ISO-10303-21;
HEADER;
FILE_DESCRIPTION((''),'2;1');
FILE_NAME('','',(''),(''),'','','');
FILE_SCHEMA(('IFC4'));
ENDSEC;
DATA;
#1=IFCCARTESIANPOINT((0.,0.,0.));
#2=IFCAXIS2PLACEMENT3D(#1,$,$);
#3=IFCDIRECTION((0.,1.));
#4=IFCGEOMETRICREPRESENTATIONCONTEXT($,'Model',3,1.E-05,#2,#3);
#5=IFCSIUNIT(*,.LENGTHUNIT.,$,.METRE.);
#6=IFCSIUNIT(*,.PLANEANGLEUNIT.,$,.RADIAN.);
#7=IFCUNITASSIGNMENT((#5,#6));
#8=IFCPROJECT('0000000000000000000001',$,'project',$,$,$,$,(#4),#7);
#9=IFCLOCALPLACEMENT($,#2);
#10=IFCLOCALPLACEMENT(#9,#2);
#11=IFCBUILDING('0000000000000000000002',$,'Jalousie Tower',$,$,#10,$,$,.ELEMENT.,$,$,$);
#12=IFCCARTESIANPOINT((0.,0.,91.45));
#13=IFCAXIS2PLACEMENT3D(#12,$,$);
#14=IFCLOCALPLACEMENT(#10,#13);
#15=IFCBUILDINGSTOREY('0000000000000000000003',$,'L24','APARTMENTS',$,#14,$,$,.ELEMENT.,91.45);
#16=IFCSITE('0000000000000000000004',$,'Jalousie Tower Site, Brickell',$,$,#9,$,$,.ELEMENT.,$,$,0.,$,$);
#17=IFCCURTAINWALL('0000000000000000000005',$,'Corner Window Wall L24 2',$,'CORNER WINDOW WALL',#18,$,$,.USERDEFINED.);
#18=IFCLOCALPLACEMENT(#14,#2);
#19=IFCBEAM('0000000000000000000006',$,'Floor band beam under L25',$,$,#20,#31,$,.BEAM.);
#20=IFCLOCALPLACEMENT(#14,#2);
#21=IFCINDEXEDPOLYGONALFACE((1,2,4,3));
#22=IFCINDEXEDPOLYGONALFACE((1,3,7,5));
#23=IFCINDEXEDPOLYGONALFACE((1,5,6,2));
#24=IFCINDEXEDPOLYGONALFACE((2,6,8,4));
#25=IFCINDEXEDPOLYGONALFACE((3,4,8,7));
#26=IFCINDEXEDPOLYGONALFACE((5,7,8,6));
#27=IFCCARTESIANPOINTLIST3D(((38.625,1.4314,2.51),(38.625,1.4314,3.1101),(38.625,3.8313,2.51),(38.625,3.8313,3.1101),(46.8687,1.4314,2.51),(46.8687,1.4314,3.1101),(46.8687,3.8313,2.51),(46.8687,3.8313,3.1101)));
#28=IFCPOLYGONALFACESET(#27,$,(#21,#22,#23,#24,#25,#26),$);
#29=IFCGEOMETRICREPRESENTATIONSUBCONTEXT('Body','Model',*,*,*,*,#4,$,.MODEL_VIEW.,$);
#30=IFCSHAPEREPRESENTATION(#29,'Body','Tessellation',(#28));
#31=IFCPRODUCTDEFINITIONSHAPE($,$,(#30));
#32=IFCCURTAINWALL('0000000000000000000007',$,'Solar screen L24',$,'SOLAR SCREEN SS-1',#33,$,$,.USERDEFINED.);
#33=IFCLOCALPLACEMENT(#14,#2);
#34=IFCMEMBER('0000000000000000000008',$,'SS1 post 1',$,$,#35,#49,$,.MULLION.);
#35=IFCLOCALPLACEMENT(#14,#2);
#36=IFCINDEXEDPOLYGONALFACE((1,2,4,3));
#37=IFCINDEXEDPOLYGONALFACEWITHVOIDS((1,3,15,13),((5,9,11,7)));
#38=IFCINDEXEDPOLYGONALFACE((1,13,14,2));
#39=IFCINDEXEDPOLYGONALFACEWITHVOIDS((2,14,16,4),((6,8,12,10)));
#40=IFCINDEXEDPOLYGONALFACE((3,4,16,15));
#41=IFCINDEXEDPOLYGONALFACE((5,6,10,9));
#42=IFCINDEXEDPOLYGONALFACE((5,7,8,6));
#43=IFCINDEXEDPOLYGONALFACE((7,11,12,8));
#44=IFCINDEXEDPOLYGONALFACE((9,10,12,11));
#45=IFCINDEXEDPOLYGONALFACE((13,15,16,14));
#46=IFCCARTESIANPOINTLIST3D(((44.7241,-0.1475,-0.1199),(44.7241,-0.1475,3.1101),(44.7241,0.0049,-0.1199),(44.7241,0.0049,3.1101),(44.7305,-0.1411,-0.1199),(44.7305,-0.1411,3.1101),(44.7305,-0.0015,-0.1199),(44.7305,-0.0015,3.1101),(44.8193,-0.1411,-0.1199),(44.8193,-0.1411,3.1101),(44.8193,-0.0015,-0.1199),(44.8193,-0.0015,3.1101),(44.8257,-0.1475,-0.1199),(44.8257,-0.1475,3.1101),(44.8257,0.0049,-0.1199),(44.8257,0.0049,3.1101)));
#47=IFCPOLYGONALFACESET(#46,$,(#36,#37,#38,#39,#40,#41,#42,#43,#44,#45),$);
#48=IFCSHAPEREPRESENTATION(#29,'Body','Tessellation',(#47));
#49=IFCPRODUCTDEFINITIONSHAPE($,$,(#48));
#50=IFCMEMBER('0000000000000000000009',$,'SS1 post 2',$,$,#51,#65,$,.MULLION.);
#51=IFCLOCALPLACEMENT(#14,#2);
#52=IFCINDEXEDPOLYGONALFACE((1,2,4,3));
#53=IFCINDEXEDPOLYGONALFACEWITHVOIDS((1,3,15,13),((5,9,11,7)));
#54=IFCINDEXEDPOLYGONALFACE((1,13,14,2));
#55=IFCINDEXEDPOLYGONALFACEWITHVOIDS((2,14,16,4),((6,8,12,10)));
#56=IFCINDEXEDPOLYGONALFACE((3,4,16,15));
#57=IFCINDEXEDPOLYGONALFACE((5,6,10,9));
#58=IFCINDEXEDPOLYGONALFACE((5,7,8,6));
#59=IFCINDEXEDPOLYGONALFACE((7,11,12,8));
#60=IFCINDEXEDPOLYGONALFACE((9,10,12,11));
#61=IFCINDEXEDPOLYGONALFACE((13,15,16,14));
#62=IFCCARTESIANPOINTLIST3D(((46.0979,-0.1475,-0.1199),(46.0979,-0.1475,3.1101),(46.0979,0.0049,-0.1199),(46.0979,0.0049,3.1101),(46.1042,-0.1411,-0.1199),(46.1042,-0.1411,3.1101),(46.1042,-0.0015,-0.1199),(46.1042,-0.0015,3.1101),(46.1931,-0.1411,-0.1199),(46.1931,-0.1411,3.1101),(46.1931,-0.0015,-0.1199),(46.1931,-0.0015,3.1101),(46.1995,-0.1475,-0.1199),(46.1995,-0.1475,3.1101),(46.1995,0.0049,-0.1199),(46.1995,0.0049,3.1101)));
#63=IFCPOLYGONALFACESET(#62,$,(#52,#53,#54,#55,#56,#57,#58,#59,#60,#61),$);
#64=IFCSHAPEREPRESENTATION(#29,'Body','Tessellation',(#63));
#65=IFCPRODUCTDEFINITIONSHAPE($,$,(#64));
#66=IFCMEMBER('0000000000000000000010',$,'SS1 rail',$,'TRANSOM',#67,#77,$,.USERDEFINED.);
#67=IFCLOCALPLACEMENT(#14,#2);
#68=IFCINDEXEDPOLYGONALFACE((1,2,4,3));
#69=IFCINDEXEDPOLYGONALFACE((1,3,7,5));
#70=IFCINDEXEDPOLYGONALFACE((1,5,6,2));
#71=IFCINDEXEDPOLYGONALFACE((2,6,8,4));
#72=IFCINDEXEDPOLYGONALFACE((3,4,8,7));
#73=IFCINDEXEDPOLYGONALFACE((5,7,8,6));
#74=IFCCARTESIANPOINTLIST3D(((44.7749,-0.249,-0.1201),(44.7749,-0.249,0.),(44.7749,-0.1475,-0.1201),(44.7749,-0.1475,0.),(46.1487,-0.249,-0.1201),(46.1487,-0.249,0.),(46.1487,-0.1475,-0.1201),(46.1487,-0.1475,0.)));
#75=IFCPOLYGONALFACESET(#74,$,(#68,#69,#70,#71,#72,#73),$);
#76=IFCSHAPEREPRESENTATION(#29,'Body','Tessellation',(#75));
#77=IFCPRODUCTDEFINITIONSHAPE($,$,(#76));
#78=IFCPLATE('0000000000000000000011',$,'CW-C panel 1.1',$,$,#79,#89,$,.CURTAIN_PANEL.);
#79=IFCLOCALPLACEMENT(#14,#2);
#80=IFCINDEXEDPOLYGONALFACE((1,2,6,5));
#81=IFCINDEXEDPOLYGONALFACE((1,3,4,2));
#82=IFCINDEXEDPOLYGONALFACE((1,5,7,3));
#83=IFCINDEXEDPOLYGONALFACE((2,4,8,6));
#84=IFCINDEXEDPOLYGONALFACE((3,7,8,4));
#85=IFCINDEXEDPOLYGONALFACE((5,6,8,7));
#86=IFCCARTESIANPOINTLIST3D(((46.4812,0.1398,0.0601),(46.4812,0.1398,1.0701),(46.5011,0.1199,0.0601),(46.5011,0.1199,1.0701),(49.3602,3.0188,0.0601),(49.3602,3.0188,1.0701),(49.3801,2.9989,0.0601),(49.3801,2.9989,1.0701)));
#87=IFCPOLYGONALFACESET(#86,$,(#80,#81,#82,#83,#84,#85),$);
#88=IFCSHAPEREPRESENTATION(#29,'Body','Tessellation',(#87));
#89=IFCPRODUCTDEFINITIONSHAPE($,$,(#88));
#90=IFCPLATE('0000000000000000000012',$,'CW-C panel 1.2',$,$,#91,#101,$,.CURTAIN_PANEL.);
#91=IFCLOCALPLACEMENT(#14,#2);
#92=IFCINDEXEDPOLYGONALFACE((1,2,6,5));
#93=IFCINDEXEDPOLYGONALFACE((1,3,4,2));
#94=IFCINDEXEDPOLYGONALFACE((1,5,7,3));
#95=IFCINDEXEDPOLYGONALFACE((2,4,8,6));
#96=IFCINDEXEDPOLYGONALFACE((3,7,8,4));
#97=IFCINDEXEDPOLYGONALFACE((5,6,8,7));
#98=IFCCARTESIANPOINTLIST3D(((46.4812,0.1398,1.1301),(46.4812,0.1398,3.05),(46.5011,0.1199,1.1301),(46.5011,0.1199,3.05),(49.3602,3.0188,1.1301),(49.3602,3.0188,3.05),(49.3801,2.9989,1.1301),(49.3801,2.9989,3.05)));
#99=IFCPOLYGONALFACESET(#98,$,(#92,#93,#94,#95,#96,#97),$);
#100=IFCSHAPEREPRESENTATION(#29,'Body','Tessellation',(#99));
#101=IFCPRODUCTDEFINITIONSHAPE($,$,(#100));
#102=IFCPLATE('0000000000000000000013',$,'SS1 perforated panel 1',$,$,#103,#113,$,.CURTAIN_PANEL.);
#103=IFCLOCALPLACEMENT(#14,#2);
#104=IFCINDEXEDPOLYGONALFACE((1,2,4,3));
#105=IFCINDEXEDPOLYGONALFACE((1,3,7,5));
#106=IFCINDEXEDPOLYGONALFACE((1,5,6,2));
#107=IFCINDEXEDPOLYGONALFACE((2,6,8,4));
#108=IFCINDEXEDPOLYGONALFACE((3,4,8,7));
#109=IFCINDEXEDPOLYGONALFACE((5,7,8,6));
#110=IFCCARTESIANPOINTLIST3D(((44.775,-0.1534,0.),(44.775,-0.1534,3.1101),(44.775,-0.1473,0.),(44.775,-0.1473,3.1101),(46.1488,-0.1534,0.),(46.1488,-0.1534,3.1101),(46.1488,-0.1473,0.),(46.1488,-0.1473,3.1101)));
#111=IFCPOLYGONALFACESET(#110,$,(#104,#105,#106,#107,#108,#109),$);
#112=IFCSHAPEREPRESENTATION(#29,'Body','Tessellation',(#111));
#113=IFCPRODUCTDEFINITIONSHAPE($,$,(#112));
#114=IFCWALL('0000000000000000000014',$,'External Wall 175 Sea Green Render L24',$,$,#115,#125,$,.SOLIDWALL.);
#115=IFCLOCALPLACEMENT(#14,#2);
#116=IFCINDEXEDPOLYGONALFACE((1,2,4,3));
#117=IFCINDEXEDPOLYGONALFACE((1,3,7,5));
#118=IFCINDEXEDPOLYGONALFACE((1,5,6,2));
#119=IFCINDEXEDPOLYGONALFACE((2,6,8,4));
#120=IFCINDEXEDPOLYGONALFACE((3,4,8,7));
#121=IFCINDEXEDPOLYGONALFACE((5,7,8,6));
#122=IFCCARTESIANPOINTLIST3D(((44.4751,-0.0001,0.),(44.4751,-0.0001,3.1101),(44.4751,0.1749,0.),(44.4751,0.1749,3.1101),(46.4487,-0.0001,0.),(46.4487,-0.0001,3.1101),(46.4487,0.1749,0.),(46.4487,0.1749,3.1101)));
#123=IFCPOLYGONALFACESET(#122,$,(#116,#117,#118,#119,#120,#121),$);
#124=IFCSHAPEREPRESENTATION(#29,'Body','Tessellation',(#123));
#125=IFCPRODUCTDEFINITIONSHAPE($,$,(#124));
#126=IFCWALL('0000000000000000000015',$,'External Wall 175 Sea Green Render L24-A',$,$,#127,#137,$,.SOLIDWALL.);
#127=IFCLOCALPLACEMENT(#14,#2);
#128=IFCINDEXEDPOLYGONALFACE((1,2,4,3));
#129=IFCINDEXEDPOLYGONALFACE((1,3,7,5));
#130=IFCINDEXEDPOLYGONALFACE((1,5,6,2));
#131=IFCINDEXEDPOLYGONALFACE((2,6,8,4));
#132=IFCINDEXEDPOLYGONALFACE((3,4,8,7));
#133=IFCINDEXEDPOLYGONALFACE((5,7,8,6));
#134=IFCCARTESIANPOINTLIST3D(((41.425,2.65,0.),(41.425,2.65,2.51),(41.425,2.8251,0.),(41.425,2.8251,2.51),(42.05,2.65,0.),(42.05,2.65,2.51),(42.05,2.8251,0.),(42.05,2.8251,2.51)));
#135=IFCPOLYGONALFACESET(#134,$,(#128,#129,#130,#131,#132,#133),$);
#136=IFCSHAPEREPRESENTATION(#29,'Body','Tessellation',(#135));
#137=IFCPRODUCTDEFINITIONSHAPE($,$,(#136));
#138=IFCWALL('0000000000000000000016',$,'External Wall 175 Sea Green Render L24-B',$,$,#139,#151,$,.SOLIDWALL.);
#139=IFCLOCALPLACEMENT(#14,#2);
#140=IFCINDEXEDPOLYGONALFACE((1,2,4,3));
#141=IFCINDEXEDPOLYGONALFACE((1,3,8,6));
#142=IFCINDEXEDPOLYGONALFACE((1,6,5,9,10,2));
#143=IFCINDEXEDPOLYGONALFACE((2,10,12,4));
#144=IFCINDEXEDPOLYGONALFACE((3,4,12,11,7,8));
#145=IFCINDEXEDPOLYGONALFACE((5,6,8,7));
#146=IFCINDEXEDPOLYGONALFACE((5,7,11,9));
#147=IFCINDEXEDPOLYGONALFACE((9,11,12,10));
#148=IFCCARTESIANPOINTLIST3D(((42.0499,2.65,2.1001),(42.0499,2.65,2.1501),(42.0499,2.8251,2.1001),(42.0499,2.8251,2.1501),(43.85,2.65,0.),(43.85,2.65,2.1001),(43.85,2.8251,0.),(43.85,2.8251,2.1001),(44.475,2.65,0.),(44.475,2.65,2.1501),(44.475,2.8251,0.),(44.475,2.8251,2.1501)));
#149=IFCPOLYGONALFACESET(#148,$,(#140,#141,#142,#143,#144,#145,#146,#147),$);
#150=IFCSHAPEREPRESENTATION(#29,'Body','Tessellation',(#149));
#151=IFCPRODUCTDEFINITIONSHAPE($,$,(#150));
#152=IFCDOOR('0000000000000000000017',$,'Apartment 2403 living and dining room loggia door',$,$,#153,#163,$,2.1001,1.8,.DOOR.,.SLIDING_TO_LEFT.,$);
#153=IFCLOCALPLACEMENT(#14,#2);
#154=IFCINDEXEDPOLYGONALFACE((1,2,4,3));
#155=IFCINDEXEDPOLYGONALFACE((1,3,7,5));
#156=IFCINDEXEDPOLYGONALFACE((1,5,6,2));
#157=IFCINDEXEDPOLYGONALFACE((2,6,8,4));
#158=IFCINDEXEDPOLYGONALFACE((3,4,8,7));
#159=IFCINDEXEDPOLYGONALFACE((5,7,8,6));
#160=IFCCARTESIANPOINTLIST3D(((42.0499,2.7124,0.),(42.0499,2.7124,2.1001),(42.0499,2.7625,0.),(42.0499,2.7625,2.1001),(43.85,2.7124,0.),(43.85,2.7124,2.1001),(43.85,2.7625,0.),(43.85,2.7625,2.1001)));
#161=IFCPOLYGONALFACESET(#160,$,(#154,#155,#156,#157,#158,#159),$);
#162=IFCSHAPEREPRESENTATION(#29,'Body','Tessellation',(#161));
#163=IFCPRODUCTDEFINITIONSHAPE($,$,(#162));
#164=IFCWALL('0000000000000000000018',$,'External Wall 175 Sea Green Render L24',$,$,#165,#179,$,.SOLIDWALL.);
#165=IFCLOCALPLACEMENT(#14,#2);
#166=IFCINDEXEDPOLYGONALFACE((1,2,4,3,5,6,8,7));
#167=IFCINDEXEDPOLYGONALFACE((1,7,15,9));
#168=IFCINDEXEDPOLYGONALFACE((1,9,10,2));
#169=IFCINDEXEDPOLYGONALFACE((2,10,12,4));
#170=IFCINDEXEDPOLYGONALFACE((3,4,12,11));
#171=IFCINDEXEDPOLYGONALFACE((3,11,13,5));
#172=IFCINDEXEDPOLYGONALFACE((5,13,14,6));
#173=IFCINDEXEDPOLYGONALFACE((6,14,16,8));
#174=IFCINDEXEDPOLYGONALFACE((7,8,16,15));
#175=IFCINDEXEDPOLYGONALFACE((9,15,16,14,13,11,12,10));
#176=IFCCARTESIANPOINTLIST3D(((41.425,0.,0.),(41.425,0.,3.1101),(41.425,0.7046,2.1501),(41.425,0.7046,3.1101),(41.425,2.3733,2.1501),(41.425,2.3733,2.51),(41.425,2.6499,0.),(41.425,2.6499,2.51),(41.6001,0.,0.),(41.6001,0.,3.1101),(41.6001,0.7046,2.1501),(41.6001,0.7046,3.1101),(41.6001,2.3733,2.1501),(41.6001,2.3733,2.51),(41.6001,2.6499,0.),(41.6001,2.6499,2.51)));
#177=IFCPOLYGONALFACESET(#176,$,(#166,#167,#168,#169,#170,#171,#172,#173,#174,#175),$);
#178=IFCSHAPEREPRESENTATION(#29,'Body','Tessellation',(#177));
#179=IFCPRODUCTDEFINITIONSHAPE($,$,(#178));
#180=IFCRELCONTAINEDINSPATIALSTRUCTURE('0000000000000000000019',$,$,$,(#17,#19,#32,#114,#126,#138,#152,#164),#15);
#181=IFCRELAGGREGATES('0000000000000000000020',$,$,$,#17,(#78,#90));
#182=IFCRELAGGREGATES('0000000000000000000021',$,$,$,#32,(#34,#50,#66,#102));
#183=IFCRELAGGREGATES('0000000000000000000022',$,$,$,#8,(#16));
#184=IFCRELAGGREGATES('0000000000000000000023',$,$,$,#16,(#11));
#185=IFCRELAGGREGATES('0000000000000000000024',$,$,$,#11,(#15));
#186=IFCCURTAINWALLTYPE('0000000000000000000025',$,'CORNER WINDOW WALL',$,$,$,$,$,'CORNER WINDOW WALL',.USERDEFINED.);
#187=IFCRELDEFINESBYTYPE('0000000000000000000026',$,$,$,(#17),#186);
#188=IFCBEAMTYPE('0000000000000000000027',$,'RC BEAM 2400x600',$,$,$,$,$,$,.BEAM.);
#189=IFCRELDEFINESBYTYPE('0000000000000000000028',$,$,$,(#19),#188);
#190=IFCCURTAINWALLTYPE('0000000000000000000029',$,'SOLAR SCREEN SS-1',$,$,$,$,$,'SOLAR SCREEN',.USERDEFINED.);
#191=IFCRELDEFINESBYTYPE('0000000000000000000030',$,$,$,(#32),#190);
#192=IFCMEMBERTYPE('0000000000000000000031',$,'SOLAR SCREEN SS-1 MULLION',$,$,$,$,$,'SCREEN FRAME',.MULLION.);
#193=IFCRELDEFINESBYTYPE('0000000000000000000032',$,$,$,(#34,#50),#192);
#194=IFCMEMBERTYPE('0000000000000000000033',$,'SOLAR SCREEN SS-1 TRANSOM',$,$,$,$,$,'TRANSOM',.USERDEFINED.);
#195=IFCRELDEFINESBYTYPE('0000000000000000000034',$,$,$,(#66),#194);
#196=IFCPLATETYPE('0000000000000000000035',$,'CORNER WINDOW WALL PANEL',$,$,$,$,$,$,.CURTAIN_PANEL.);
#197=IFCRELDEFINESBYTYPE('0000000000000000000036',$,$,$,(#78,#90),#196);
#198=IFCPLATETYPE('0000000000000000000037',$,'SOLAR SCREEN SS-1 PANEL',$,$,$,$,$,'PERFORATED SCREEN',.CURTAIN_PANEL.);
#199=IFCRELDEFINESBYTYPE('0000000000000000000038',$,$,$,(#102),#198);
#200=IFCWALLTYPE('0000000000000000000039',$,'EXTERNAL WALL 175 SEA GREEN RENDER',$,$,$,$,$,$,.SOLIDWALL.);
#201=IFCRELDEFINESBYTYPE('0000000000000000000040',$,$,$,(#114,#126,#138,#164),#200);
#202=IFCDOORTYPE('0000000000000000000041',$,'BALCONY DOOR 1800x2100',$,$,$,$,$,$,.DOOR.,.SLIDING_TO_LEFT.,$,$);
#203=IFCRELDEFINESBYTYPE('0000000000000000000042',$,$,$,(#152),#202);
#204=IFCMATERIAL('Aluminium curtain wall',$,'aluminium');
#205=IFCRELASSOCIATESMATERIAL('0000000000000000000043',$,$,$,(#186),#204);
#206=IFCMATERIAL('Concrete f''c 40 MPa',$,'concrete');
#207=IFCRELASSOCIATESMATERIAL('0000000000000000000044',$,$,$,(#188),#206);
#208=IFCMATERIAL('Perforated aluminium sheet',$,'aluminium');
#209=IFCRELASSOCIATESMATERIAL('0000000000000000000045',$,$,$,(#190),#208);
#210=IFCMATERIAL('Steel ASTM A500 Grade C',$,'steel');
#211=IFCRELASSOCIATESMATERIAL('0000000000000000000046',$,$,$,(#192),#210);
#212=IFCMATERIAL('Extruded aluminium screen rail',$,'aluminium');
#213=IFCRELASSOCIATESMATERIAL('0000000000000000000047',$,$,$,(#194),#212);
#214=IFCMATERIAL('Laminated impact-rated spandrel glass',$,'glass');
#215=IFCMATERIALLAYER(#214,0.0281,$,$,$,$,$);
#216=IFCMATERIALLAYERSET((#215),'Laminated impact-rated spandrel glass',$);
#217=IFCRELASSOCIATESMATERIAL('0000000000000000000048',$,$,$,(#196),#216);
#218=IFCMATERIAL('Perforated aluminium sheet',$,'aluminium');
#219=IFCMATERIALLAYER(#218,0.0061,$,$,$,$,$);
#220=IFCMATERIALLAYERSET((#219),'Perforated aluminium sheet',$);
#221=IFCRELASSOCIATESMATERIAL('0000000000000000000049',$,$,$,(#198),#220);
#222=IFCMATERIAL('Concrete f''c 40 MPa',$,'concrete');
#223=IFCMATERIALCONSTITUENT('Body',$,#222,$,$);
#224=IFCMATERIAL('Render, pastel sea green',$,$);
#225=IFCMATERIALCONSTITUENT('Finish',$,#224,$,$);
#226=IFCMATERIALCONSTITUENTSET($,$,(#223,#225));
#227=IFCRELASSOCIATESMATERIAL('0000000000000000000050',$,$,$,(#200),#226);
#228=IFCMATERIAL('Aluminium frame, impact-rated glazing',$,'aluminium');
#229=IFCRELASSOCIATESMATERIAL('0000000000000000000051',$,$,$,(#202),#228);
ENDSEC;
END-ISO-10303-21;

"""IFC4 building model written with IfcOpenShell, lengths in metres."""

from ifc_helpers import new_model, si_unit, direction, frame, frame_2d, origin, origin_2d, place, context, subcontext, project, spatial, polyline, rectangle, hollow_rectangle, outline, extrude, material, layer, layer_set, constituent, constituent_set, material_profile, profile_set, type_object, element, fill, aggregate, save


model = new_model("IFC4")

# Units and contexts
model_context = context("Model", 3, precision=1e-05, world=origin(), true_north=direction((0.0, 1.0)))
body_context = subcontext(model_context, "Body", "Model", "MODEL_VIEW")
ifc_project = project(units=[si_unit("LENGTHUNIT", "METRE"), si_unit("PLANEANGLEUNIT", "RADIAN")], contexts=[model_context])

# Site, building, storey
site_placement = place(None, origin())
site = spatial("IfcSite", under=ifc_project, at=site_placement, Name="Jalousie Tower Site, Brickell", CompositionType="ELEMENT", RefElevation=0.0)
building_placement = place(site_placement, origin())
building = spatial("IfcBuilding", under=site, at=building_placement, Name="Jalousie Tower", CompositionType="ELEMENT")
storey_placement = place(building_placement, frame((0.0, 0.0, 91.45)))
storey = spatial("IfcBuildingStorey", under=building, at=storey_placement, Name="L24", Description="APARTMENTS", CompositionType="ELEMENT", Elevation=91.45)

# Curtain wall
ifc_material_1 = material(Name="Aluminium curtain wall", Category="aluminium")
curtain_wall_type_1 = type_object("IfcCurtainWallType", Name="CORNER WINDOW WALL", ElementType="CORNER WINDOW WALL", PredefinedType="USERDEFINED", material=ifc_material_1)
curtain_wall_1_placement = place(storey_placement, origin())
curtain_wall_1 = element("IfcCurtainWall", 1, at=curtain_wall_1_placement, inside=storey, type_object=curtain_wall_type_1, Name="Corner Window Wall L24 2", ObjectType="CORNER WINDOW WALL", PredefinedType="USERDEFINED")

# Beam
ifc_material_2 = material(Name="Concrete f'c 40 MPa", Category="concrete")
ifc_material_profile_1 = material_profile(ifc_material_2, rectangle(XDim=2.3999, YDim=0.6001, at=origin_2d()), Name="RC 2400x600")
ifc_profile_set_1 = profile_set([ifc_material_profile_1], Name="Concrete f'c 40 MPa")
beam_type_1 = type_object("IfcBeamType", Name="RC BEAM 2400x600", PredefinedType="BEAM", material=ifc_profile_set_1)
beam_1_placement = place(storey_placement, frame((46.8687, 2.6313, 2.8101), z_axis=(-1.0, 0.0, 0.0), x_axis=(0.0, -1.0, 0.0)))
element("IfcBeam", 2, at=beam_1_placement, inside=storey, type_object=beam_type_1, Name="Floor band beam under L25", PredefinedType="BEAM", context=body_context, shape_type="SweptSolid", body=[
    extrude(rectangle(XDim=2.3999, YDim=0.6001, at=origin_2d()), origin(), (0.0, 0.0, 1.0), 8.2437),
])

# Curtain wall, members
ifc_material_3 = material(Name="Perforated aluminium sheet", Category="aluminium")
curtain_wall_type_2 = type_object("IfcCurtainWallType", Name="SOLAR SCREEN SS-1", ElementType="SOLAR SCREEN", PredefinedType="USERDEFINED", material=ifc_material_3)
curtain_wall_2_placement = place(storey_placement, origin())
curtain_wall_2 = element("IfcCurtainWall", 3, at=curtain_wall_2_placement, inside=storey, type_object=curtain_wall_type_2, Name="Solar screen L24", ObjectType="SOLAR SCREEN SS-1", PredefinedType="USERDEFINED")
ifc_material_4 = material(Name="Steel ASTM A500 Grade C", Category="steel")
ifc_material_profile_2 = material_profile(ifc_material_4, hollow_rectangle(XDim=0.1016, YDim=0.1523, WallThickness=0.0063, at=origin_2d()), Name="HSS6X4X1/4")
ifc_profile_set_2 = profile_set([ifc_material_profile_2], Name="Steel ASTM A500 Grade C")
member_type_1 = type_object("IfcMemberType", Name="SOLAR SCREEN SS-1 MULLION", ElementType="SCREEN FRAME", PredefinedType="MULLION", material=ifc_profile_set_2)
member_1_placement = place(storey_placement, frame((44.7749, -0.0713, -0.1199), z_axis=(0.0, 0.0, 1.0), x_axis=(1.0, 0.0, 0.0)))
member_1 = element("IfcMember", 4, at=member_1_placement, type_object=member_type_1, Name="SS1 post 1", PredefinedType="MULLION", context=body_context, shape_type="SweptSolid", body=[
    extrude(hollow_rectangle(XDim=0.1016, YDim=0.1523, WallThickness=0.0063, at=origin_2d()), origin(), (0.0, 0.0, 1.0), 3.23),
])
member_2_placement = place(storey_placement, frame((46.1487, -0.0713, -0.1199), z_axis=(0.0, 0.0, 1.0), x_axis=(1.0, 0.0, 0.0)))
member_2 = element("IfcMember", 5, at=member_2_placement, type_object=member_type_1, Name="SS1 post 2", PredefinedType="MULLION", context=body_context, shape_type="SweptSolid", body=[
    extrude(hollow_rectangle(XDim=0.1016, YDim=0.1523, WallThickness=0.0063, at=origin_2d()), origin(), (0.0, 0.0, 1.0), 3.23),
])
ifc_material_5 = material(Name="Extruded aluminium screen rail", Category="aluminium")
ifc_material_profile_3 = material_profile(ifc_material_5, rectangle(XDim=0.1016, YDim=0.1201, at=origin_2d()), Name="RAIL 102x120")
ifc_profile_set_3 = profile_set([ifc_material_profile_3], Name="Extruded aluminium screen rail")
member_type_2 = type_object("IfcMemberType", Name="SOLAR SCREEN SS-1 TRANSOM", ElementType="TRANSOM", PredefinedType="USERDEFINED", material=ifc_profile_set_3)
member_3_placement = place(storey_placement, frame((44.7749, -0.1982, -0.0601), z_axis=(1.0, 0.0, 0.0), x_axis=(0.0, 1.0, 0.0)))
member_3 = element("IfcMember", 6, at=member_3_placement, type_object=member_type_2, Name="SS1 rail", ObjectType="TRANSOM", PredefinedType="USERDEFINED", context=body_context, shape_type="SweptSolid", body=[
    extrude(rectangle(XDim=0.1016, YDim=0.1201, at=origin_2d()), origin(), (0.0, 0.0, 1.0), 1.3738),
])

# Plates
ifc_material_6 = material(Name="Laminated impact-rated spandrel glass", Category="glass")
ifc_layer_1 = layer(ifc_material_6, 0.0281)
ifc_layer_set_1 = layer_set([ifc_layer_1], Name="Laminated impact-rated spandrel glass")
plate_type_1 = type_object("IfcPlateType", Name="CORNER WINDOW WALL PANEL", PredefinedType="CURTAIN_PANEL", material=ifc_layer_set_1)
plate_1_placement = place(storey_placement, frame((47.9307, 1.5693, 0.0601), z_axis=(0.0, 0.0, 1.0), x_axis=(0.707107, 0.707107, 0.0)))
plate_1 = element("IfcPlate", 7, at=plate_1_placement, type_object=plate_type_1, Name="CW-C panel 1.1", PredefinedType="CURTAIN_PANEL", context=body_context, shape_type="SweptSolid", body=[
    extrude(rectangle(XDim=4.0715, YDim=0.0281, at=origin_2d()), origin(), (0.0, 0.0, 1.0), 1.01),
])
plate_2_placement = place(storey_placement, frame((47.9307, 1.5693, 1.1301), z_axis=(0.0, 0.0, 1.0), x_axis=(0.707107, 0.707107, 0.0)))
plate_2 = element("IfcPlate", 8, at=plate_2_placement, type_object=plate_type_1, Name="CW-C panel 1.2", PredefinedType="CURTAIN_PANEL", context=body_context, shape_type="SweptSolid", body=[
    extrude(rectangle(XDim=4.0715, YDim=0.0281, at=origin_2d()), origin(), (0.0, 0.0, 1.0), 1.9199),
])
aggregate(curtain_wall_1, [plate_1, plate_2])
ifc_material_7 = material(Name="Perforated aluminium sheet", Category="aluminium")
ifc_layer_2 = layer(ifc_material_7, 0.0061)
ifc_layer_set_2 = layer_set([ifc_layer_2], Name="Perforated aluminium sheet")
plate_type_2 = type_object("IfcPlateType", Name="SOLAR SCREEN SS-1 PANEL", ElementType="PERFORATED SCREEN", PredefinedType="CURTAIN_PANEL", material=ifc_layer_set_2)
plate_3_placement = place(storey_placement, frame((45.4619, -0.1504, 0.0), z_axis=(0.0, 0.0, 1.0), x_axis=(1.0, 0.0, 0.0)))
plate_3 = element("IfcPlate", 9, at=plate_3_placement, type_object=plate_type_2, Name="SS1 perforated panel 1", PredefinedType="CURTAIN_PANEL", context=body_context, shape_type="SweptSolid", body=[
    extrude(rectangle(XDim=1.3738, YDim=0.0061, at=origin_2d()), origin(), (0.0, 0.0, 1.0), 3.1101),
])
aggregate(curtain_wall_2, [member_1, member_2, member_3, plate_3])

# Walls
ifc_material_8 = material(Name="Concrete f'c 40 MPa", Category="concrete")
ifc_constituent_1 = constituent(ifc_material_8, Name="Body")
ifc_material_9 = material(Name="Render, pastel sea green")
ifc_constituent_2 = constituent(ifc_material_9, Name="Finish")
ifc_constituent_set = constituent_set(constituents=[ifc_constituent_1, ifc_constituent_2])
wall_type = type_object("IfcWallType", Name="EXTERNAL WALL 175 SEA GREEN RENDER", PredefinedType="SOLIDWALL", material=ifc_constituent_set)
wall_1_placement = place(storey_placement, frame((44.4751, 0.0874, 0.0), z_axis=(0.0, 0.0, 1.0), x_axis=(1.0, 0.0, 0.0)))
element("IfcWall", 10, at=wall_1_placement, inside=storey, type_object=wall_type, Name="External Wall 175 Sea Green Render L24", PredefinedType="SOLIDWALL", context=body_context, shape_type="SweptSolid", body=[
    extrude(rectangle(XDim=1.9736, YDim=0.175, at=frame_2d((0.9868, 0.0))), origin(), (0.0, 0.0, 1.0), 3.1101),
])
wall_2_placement = place(storey_placement, frame((41.425, 2.7375, 0.0), z_axis=(0.0, 0.0, 1.0), x_axis=(1.0, 0.0, 0.0)))
element("IfcWall", 11, at=wall_2_placement, inside=storey, type_object=wall_type, Name="External Wall 175 Sea Green Render L24-A", PredefinedType="SOLIDWALL", context=body_context, shape_type="SweptSolid", body=[
    extrude(rectangle(XDim=0.625, YDim=0.175, at=frame_2d((0.3125, 0.0))), origin(), (0.0, 0.0, 1.0), 2.51),
])

# Wall, opening, door
wall_3_placement = place(storey_placement, frame((42.05, 2.7375, 0.0), z_axis=(0.0, 0.0, 1.0), x_axis=(1.0, 0.0, 0.0)))
wall_3 = element("IfcWall", 12, at=wall_3_placement, inside=storey, type_object=wall_type, Name="External Wall 175 Sea Green Render L24-B", PredefinedType="SOLIDWALL", context=body_context, shape_type="SweptSolid", body=[
    extrude(rectangle(XDim=2.425, YDim=0.175, at=frame_2d((1.2124, 0.0))), origin(), (0.0, 0.0, 1.0), 2.1501),
])
opening_placement = place(wall_3_placement, origin())
opening = element("IfcOpeningElement", 13, at=opening_placement, cuts=wall_3, PredefinedType="OPENING", context=body_context, shape_type="SweptSolid", body=[
    extrude(rectangle(XDim=1.8, YDim=2.1001, at=frame_2d((0.8999, 1.05))), frame((0.0, 0.0974, 0.0), z_axis=(0.0, -1.0, 0.0), x_axis=(1.0, 0.0, 0.0)), (0.0, 0.0, 1.0), 0.1951),
])
ifc_material_10 = material(Name="Aluminium frame, impact-rated glazing", Category="aluminium")
door_type = type_object("IfcDoorType", Name="BALCONY DOOR 1800x2100", OperationType="SLIDING_TO_LEFT", PredefinedType="DOOR", material=ifc_material_10)
door_placement = place(opening_placement, origin())
door = element("IfcDoor", 14, at=door_placement, inside=storey, type_object=door_type, Name="Apartment 2403 living and dining room loggia door", OperationType="SLIDING_TO_LEFT", OverallHeight=2.1001, OverallWidth=1.8, PredefinedType="DOOR", context=body_context, shape_type="SweptSolid", body=[
    extrude(rectangle(XDim=1.8, YDim=2.1001, at=frame_2d((0.8999, 1.05))), frame((0.0, 0.0249, 0.0), z_axis=(0.0, -1.0, 0.0), x_axis=(1.0, 0.0, 0.0)), (0.0, 0.0, 1.0), 0.05),
])
fill(opening, door)

# Wall
wall_4_placement = place(storey_placement, frame((41.5125, 0.0, 0.0), z_axis=(0.0, 0.0, 1.0), x_axis=(0.0, 1.0, 0.0)))
element("IfcWall", 15, at=wall_4_placement, inside=storey, type_object=wall_type, Name="External Wall 175 Sea Green Render L24", PredefinedType="SOLIDWALL", context=body_context, shape_type="SweptSolid", body=[
    extrude(outline(polyline([(0.0, 0.0), (2.6499, 0.0), (2.6499, 2.51), (2.3733, 2.51), (2.3733, 2.1501), (0.7046, 2.1501), (0.7046, 3.1101), (0.0, 3.1101), (0.0, 0.0)])), frame((0.0, 0.0874, 0.0), z_axis=(0.0, -1.0, 0.0), x_axis=(1.0, 0.0, 0.0)), (0.0, 0.0, 1.0), 0.175),
])

save(model, "model.ifc")
